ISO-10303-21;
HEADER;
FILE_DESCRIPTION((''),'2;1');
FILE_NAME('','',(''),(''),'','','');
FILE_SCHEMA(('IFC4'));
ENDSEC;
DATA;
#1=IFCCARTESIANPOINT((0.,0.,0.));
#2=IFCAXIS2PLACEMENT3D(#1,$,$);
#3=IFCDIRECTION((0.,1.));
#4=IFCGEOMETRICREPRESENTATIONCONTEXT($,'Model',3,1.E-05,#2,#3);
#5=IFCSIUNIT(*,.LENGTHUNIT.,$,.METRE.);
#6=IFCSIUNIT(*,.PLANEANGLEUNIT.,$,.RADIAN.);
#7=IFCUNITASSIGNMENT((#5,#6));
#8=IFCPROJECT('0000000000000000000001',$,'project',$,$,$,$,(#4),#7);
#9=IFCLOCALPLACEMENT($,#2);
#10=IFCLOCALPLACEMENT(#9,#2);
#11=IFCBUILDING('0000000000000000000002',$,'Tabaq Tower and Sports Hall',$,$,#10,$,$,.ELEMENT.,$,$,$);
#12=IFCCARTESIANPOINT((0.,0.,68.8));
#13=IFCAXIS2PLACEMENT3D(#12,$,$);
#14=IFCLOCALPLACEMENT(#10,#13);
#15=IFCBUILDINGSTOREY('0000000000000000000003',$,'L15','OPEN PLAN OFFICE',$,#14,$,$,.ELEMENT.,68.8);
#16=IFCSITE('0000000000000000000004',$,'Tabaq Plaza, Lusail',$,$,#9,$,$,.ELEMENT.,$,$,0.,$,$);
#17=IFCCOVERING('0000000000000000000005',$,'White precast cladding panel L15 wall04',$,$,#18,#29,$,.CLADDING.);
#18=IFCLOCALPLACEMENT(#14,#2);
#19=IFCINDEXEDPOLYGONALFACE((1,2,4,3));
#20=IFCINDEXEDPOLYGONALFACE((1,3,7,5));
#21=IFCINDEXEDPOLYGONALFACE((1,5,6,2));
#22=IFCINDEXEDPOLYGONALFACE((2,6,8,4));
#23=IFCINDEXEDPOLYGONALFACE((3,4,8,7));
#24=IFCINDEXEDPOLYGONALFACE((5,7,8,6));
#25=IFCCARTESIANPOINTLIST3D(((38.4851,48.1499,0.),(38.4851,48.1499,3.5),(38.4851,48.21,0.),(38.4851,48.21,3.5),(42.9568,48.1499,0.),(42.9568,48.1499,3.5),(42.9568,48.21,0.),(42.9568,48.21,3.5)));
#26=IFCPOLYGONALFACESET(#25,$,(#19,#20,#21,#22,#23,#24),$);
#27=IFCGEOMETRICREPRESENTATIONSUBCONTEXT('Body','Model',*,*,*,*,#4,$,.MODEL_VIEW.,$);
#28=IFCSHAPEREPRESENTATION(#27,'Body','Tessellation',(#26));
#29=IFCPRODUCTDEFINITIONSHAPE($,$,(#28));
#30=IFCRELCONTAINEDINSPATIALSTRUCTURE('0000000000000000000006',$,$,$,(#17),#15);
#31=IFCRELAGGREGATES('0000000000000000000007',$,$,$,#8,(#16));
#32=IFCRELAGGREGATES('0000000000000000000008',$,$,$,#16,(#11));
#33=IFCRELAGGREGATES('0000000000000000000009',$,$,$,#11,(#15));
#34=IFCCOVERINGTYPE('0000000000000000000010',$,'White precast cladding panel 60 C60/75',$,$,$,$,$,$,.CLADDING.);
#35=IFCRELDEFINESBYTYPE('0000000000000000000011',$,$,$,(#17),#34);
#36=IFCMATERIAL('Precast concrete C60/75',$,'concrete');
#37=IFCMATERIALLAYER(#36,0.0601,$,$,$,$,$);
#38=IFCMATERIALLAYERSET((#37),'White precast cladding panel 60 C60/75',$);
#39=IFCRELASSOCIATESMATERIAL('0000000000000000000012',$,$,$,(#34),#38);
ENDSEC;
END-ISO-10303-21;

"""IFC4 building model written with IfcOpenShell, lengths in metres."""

from ifc_helpers import new_model, si_unit, direction, frame, frame_2d, origin, place, context, subcontext, project, spatial, rectangle, extrude, material, layer, layer_set, type_object, element, save


model = new_model("IFC4")

# Units and contexts
model_context = context("Model", 3, precision=1e-05, world=origin(), true_north=direction((0.0, 1.0)))
body_context = subcontext(model_context, "Body", "Model", "MODEL_VIEW")
ifc_project = project(units=[si_unit("LENGTHUNIT", "METRE"), si_unit("PLANEANGLEUNIT", "RADIAN")], contexts=[model_context])

# Site, building, storey
site_placement = place(None, origin())
site = spatial("IfcSite", under=ifc_project, at=site_placement, Name="Tabaq Plaza, Lusail", CompositionType="ELEMENT", RefElevation=0.0)
building_placement = place(site_placement, origin())
building = spatial("IfcBuilding", under=site, at=building_placement, Name="Tabaq Tower and Sports Hall", CompositionType="ELEMENT")
storey_placement = place(building_placement, frame((0.0, 0.0, 68.8)))
storey = spatial("IfcBuildingStorey", under=building, at=storey_placement, Name="L15", Description="OPEN PLAN OFFICE", CompositionType="ELEMENT", Elevation=68.8)

# Covering
ifc_material_1 = material(Name="Precast concrete C60/75", Category="concrete")
ifc_layer_1 = layer(ifc_material_1, 0.0601)
ifc_layer_set_1 = layer_set([ifc_layer_1], Name="White precast cladding panel 60 C60/75")
covering_type_1 = type_object("IfcCoveringType", Name="White precast cladding panel 60 C60/75", PredefinedType="CLADDING", material=ifc_layer_set_1)
covering_1_placement = place(storey_placement, frame((42.9568, 48.1799, 0.0), z_axis=(0.0, 0.0, 1.0), x_axis=(-1.0, 0.0, 0.0)))
element("IfcCovering", 1, at=covering_1_placement, inside=storey, type_object=covering_type_1, Name="White precast cladding panel L15 wall04", PredefinedType="CLADDING", context=body_context, shape_type="SweptSolid", body=[
    extrude(rectangle(XDim=4.4717, YDim=0.0601, at=frame_2d((2.2358, 0.0))), origin(), (0.0, 0.0, 1.0), 3.5),
])

save(model, "model.ifc")
